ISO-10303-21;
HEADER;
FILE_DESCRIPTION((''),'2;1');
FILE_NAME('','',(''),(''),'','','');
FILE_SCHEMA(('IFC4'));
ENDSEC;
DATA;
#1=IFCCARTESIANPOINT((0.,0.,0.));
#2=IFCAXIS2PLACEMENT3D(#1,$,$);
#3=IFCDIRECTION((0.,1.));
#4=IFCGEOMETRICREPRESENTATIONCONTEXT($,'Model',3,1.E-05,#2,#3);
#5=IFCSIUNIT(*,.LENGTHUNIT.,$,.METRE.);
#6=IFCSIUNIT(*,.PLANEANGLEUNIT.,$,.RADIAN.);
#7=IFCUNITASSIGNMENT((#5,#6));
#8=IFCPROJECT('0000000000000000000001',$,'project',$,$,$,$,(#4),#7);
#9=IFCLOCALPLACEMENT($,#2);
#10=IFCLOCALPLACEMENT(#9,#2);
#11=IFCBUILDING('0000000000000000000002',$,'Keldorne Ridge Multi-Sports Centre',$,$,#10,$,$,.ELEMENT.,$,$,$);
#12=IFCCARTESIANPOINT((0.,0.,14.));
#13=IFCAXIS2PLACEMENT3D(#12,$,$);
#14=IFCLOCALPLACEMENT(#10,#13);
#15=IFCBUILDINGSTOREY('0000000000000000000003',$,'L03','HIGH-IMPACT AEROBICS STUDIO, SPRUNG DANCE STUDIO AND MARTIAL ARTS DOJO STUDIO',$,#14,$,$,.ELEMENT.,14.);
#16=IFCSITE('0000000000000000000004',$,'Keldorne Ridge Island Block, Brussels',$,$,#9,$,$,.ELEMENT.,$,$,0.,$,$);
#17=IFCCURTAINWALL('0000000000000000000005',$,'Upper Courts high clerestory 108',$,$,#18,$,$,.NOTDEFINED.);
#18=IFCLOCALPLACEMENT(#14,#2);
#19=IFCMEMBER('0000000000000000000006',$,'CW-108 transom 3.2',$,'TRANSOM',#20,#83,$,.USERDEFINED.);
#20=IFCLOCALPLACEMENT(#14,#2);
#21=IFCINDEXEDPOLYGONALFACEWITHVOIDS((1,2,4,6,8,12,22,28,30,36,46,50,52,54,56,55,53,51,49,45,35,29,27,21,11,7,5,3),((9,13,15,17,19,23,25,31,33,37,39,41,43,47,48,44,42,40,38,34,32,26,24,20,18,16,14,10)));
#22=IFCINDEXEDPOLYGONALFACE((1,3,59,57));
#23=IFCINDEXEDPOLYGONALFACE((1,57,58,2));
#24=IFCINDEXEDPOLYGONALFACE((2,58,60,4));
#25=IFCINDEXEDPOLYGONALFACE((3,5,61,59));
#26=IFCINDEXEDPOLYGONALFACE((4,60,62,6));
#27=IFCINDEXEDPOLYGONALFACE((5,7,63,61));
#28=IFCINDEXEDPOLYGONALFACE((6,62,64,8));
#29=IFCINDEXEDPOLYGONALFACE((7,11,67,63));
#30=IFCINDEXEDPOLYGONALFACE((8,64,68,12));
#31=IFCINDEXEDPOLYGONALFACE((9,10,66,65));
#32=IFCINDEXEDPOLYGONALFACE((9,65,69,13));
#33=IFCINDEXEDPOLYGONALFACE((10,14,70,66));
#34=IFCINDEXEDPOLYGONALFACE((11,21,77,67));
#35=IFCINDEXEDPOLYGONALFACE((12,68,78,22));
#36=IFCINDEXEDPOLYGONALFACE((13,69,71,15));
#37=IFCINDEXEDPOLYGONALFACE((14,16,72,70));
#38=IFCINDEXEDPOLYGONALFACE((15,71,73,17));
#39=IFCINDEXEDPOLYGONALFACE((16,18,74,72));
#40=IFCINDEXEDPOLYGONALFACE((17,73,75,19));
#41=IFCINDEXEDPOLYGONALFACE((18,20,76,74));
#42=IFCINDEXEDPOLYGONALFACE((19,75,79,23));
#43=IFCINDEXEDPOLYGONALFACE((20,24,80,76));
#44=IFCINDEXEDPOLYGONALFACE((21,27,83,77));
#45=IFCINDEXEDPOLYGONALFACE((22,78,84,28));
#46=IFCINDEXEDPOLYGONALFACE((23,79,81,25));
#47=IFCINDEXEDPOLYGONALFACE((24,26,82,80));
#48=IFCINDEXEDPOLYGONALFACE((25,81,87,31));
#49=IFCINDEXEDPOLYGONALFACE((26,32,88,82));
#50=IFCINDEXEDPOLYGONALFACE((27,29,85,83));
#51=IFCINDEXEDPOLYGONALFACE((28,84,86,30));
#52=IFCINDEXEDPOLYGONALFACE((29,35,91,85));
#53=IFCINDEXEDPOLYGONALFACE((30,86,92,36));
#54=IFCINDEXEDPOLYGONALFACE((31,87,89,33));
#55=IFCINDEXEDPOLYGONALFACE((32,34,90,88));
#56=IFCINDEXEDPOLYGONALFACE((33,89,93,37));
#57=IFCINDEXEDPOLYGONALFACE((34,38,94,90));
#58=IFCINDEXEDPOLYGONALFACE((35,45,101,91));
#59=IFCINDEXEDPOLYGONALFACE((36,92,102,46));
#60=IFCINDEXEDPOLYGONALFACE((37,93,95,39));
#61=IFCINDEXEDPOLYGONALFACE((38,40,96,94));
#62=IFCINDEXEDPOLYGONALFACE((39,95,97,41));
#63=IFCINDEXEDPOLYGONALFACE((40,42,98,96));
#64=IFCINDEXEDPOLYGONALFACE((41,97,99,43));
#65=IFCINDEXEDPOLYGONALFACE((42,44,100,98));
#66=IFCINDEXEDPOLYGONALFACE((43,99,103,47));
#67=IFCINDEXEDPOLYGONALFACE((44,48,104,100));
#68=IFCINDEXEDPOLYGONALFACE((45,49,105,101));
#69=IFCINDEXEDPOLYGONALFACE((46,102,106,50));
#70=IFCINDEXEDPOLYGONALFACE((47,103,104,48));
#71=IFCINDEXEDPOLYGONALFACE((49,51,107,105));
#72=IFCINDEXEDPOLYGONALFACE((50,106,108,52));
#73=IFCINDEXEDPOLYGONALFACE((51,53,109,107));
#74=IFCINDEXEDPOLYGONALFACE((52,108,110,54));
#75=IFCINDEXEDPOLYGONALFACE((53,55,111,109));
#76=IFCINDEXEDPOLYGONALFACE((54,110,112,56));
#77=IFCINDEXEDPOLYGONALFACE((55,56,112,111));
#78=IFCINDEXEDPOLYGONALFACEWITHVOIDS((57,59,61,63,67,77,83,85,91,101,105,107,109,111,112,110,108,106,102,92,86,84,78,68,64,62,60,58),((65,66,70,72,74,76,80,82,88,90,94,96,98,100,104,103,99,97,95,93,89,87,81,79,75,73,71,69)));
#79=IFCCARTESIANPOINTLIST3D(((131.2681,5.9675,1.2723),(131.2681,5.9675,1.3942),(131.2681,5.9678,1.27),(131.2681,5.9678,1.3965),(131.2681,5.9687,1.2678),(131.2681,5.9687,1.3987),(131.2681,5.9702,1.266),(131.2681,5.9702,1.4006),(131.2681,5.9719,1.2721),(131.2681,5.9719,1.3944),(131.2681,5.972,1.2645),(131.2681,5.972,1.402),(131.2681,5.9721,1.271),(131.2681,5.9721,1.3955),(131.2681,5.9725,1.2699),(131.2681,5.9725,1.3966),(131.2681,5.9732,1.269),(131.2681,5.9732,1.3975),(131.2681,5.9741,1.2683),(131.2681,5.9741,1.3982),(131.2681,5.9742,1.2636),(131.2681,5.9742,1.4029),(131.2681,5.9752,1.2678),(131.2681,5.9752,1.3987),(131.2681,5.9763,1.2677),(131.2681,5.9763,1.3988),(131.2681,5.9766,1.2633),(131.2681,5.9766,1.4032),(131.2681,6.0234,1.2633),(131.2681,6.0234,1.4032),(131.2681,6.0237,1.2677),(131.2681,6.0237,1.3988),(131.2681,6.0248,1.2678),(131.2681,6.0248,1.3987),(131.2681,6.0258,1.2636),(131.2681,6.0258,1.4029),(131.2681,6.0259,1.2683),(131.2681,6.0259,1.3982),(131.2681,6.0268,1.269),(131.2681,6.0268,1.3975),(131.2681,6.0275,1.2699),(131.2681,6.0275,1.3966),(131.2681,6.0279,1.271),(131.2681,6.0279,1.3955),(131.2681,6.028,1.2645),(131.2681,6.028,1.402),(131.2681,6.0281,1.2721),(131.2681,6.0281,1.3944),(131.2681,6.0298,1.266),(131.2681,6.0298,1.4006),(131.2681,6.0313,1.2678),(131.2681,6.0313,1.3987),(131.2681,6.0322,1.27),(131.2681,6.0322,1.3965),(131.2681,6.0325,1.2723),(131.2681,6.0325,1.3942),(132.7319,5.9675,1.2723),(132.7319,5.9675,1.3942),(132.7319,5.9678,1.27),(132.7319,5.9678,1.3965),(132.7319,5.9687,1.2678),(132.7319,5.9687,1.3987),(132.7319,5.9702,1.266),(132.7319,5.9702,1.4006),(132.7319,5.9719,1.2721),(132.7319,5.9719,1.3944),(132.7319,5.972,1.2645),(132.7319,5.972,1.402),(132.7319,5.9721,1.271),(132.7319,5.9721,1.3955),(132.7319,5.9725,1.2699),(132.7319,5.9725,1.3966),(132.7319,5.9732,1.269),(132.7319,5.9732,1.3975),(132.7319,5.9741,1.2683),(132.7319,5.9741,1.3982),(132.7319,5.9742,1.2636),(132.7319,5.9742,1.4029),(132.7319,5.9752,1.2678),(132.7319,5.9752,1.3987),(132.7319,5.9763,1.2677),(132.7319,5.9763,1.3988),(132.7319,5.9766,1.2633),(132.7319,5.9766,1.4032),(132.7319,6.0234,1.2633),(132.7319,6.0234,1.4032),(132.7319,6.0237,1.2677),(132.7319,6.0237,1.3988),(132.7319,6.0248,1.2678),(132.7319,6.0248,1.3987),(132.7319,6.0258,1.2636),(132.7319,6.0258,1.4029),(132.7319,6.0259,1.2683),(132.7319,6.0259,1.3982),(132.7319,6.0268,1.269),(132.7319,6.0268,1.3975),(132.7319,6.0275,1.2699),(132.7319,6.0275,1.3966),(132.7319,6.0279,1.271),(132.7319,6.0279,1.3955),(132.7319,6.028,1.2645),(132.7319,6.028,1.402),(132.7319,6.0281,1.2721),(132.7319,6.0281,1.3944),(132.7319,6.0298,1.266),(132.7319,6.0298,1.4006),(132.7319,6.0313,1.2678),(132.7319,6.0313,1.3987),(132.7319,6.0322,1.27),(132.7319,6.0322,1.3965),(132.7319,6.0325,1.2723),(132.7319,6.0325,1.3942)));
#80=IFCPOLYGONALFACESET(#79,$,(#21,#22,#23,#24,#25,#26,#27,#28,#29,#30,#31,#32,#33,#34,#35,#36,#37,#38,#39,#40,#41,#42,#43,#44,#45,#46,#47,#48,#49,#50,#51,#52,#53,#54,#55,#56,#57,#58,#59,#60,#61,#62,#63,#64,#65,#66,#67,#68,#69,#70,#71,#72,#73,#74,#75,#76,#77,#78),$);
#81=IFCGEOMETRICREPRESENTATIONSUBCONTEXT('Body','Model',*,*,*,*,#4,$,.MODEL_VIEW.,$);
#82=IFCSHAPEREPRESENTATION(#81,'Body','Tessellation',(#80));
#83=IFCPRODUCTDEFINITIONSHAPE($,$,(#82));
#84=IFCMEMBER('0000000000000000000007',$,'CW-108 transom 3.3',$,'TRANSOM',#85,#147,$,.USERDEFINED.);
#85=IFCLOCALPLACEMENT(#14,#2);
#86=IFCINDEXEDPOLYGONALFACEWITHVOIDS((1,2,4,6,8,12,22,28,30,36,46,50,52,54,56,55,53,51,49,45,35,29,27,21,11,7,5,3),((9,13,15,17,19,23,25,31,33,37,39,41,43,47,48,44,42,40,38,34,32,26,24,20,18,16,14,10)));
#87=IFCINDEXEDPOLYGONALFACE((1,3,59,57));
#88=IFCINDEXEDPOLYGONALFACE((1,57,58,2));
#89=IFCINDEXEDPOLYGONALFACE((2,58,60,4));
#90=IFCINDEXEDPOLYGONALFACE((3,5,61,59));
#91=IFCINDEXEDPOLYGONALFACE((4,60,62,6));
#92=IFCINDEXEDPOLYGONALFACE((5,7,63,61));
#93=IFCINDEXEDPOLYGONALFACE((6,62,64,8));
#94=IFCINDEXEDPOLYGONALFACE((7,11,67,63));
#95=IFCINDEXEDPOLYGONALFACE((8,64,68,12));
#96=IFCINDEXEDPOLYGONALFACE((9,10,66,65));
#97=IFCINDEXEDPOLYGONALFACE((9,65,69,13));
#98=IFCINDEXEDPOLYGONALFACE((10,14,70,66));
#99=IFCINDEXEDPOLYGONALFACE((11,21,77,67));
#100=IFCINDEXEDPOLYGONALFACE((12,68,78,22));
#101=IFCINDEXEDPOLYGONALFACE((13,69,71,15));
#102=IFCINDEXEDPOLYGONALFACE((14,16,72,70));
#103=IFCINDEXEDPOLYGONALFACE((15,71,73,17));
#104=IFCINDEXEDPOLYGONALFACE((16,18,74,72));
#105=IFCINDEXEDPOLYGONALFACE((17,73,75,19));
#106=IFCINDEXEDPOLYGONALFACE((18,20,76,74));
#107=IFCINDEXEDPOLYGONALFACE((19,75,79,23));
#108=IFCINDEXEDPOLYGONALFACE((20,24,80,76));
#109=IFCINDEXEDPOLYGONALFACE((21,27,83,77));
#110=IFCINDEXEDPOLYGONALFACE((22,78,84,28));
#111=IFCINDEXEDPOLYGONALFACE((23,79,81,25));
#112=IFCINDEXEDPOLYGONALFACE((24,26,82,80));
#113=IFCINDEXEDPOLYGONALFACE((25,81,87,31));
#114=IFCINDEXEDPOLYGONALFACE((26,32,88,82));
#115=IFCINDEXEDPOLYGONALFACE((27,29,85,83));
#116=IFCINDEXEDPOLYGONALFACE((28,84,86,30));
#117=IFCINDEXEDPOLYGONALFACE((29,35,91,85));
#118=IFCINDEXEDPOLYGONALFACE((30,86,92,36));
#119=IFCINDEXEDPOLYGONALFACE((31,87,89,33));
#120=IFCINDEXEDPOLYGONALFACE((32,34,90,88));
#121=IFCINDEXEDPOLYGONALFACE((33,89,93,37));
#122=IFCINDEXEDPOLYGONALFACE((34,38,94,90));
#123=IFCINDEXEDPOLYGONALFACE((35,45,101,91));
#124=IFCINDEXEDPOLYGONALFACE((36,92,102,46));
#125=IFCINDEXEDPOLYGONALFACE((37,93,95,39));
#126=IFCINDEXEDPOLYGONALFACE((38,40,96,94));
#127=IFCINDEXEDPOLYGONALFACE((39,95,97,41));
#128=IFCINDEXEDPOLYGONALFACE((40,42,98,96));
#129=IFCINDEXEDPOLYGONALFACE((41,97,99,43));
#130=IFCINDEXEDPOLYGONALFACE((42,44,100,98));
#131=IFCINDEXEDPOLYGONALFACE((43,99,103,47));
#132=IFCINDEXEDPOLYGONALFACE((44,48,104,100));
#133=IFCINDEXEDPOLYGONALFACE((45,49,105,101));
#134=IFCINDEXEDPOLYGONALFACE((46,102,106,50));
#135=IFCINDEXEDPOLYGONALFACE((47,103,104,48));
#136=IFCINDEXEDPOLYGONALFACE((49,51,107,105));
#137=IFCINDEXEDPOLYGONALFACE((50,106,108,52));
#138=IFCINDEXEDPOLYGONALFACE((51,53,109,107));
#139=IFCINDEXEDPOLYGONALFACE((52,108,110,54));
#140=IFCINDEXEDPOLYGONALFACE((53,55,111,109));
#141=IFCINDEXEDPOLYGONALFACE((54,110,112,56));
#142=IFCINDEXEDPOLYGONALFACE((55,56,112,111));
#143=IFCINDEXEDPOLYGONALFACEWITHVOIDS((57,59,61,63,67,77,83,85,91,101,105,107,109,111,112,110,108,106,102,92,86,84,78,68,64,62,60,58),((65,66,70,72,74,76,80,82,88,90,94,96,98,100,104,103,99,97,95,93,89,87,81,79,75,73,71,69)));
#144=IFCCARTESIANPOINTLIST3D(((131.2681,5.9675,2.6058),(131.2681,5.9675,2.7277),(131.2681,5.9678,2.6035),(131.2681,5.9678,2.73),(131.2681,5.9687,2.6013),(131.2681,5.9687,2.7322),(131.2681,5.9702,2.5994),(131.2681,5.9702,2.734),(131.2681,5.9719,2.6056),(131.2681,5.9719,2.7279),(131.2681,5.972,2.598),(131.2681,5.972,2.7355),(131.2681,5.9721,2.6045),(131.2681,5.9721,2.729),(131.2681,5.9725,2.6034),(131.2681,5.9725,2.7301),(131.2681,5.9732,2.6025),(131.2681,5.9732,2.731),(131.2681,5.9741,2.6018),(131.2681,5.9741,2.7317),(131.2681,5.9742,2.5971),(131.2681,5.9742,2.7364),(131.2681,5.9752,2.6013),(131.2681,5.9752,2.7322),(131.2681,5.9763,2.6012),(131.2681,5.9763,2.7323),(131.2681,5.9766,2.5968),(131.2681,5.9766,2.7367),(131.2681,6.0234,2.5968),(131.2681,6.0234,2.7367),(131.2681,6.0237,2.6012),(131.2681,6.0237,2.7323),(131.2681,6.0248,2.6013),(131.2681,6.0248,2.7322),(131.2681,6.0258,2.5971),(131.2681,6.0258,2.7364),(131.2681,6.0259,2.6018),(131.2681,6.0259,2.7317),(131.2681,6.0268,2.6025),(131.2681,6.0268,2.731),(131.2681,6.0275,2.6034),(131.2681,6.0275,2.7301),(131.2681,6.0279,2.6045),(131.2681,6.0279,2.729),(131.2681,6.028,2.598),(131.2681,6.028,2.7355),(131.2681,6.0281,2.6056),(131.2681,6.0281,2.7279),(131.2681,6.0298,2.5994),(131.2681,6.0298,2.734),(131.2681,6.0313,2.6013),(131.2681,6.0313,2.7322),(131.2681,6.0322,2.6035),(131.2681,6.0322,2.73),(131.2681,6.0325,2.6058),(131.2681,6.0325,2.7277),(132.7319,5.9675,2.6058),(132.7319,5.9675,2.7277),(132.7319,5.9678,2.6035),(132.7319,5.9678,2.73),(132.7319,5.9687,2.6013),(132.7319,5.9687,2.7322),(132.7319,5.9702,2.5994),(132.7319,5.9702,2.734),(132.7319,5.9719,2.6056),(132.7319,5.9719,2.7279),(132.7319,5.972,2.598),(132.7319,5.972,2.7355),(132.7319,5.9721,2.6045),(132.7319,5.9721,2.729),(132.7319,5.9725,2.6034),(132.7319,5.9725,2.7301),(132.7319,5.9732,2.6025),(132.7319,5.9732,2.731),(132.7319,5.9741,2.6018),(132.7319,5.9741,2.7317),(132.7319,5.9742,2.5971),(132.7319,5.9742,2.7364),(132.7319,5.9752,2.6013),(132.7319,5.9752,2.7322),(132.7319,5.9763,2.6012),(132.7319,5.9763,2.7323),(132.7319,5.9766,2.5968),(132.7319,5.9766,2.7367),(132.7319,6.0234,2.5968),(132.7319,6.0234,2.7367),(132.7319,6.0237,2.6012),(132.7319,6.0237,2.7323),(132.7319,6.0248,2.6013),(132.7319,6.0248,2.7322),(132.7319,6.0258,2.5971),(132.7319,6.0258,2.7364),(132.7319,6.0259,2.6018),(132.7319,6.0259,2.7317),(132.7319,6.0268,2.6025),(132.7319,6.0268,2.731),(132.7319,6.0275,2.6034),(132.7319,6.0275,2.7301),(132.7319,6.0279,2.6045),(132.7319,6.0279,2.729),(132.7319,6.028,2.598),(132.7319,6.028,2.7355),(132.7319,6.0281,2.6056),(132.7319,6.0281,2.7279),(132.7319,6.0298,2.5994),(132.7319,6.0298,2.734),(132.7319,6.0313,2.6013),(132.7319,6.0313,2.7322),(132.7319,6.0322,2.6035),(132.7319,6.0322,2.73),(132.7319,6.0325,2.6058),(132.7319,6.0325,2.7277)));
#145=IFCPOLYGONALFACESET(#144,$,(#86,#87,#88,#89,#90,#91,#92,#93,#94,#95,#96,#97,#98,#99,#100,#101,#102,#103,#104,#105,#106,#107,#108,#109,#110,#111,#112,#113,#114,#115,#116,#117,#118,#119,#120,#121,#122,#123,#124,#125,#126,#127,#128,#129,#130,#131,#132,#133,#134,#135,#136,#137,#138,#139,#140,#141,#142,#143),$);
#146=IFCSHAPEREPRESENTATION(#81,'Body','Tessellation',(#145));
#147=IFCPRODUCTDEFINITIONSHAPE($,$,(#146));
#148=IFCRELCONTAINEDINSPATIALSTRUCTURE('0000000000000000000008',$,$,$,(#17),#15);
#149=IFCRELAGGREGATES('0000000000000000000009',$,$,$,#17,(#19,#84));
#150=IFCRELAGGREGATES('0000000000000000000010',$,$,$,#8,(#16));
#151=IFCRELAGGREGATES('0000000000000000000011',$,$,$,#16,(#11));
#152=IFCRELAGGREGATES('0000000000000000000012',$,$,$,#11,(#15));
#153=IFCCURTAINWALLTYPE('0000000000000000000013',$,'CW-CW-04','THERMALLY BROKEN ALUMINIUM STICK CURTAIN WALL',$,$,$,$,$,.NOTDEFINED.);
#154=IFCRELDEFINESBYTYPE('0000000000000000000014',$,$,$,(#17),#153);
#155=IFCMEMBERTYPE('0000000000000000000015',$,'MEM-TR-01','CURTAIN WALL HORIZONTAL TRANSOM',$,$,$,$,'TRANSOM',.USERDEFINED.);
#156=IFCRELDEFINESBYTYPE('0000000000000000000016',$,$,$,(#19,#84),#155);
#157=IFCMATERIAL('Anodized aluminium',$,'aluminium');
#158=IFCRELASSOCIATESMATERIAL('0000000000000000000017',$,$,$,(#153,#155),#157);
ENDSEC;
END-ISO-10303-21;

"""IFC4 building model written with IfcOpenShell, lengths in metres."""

from ifc_helpers import new_model, si_unit, direction, frame, origin, origin_2d, place, context, subcontext, project, spatial, hollow_rectangle, extrude, material, material_profile, profile_set, type_object, element, aggregate, save


model = new_model("IFC4")

# Units and contexts
model_context = context("Model", 3, precision=1e-05, world=origin(), true_north=direction((0.0, 1.0)))
body_context = subcontext(model_context, "Body", "Model", "MODEL_VIEW")
ifc_project = project(units=[si_unit("LENGTHUNIT", "METRE"), si_unit("PLANEANGLEUNIT", "RADIAN")], contexts=[model_context])

# Site, building, storey
site_placement = place(None, origin())
site = spatial("IfcSite", under=ifc_project, at=site_placement, Name="Keldorne Ridge Island Block, Brussels", CompositionType="ELEMENT", RefElevation=0.0)
building_placement = place(site_placement, origin())
building = spatial("IfcBuilding", under=site, at=building_placement, Name="Keldorne Ridge Multi-Sports Centre", CompositionType="ELEMENT")
storey_placement = place(building_placement, frame((0.0, 0.0, 14.0)))
storey = spatial("IfcBuildingStorey", under=building, at=storey_placement, Name="L03", Description="HIGH-IMPACT AEROBICS STUDIO, SPRUNG DANCE STUDIO AND MARTIAL ARTS DOJO STUDIO", CompositionType="ELEMENT", Elevation=14.0)

# Curtain wall
ifc_material_1 = material(Name="Anodized aluminium", Category="aluminium")
curtain_wall_type = type_object("IfcCurtainWallType", Name="CW-CW-04", Description="THERMALLY BROKEN ALUMINIUM STICK CURTAIN WALL", PredefinedType="NOTDEFINED", material=ifc_material_1)
curtain_wall_placement = place(storey_placement, origin())
curtain_wall = element("IfcCurtainWall", 1, at=curtain_wall_placement, inside=storey, type_object=curtain_wall_type, Name="Upper Courts high clerestory 108", PredefinedType="NOTDEFINED")

# Members
ifc_material_profile_1 = material_profile(ifc_material_1, hollow_rectangle(XDim=0.0649, YDim=0.1399, WallThickness=0.0044, InnerFilletRadius=0.0044, OuterFilletRadius=0.009, at=origin_2d()), Name="ALU TRANSOM 140x65x4.5")
ifc_profile_set_1 = profile_set([ifc_material_profile_1], Name="Anodized aluminium")
member_type_1 = type_object("IfcMemberType", Name="MEM-TR-01", Description="CURTAIN WALL HORIZONTAL TRANSOM", ElementType="TRANSOM", PredefinedType="USERDEFINED", material=ifc_profile_set_1)
member_1_placement = place(storey_placement, frame((131.2681, 6.0, 1.3333), z_axis=(1.0, 0.0, 0.0), x_axis=(0.0, 1.0, 0.0)))
member_1 = element("IfcMember", 2, at=member_1_placement, type_object=member_type_1, Name="CW-108 transom 3.2", ObjectType="TRANSOM", PredefinedType="USERDEFINED", context=body_context, shape_type="SweptSolid", body=[
    extrude(hollow_rectangle(XDim=0.0649, YDim=0.1399, WallThickness=0.0044, InnerFilletRadius=0.0044, OuterFilletRadius=0.009, at=origin_2d()), origin(), (0.0, 0.0, 1.0), 1.4639),
])
member_2_placement = place(storey_placement, frame((131.2681, 6.0, 2.6667), z_axis=(1.0, 0.0, 0.0), x_axis=(0.0, 1.0, 0.0)))
member_2 = element("IfcMember", 3, at=member_2_placement, type_object=member_type_1, Name="CW-108 transom 3.3", ObjectType="TRANSOM", PredefinedType="USERDEFINED", context=body_context, shape_type="SweptSolid", body=[
    extrude(hollow_rectangle(XDim=0.0649, YDim=0.1399, WallThickness=0.0044, InnerFilletRadius=0.0044, OuterFilletRadius=0.009, at=origin_2d()), origin(), (0.0, 0.0, 1.0), 1.4639),
])

aggregate(curtain_wall, [member_1, member_2])

save(model, "model.ifc")
